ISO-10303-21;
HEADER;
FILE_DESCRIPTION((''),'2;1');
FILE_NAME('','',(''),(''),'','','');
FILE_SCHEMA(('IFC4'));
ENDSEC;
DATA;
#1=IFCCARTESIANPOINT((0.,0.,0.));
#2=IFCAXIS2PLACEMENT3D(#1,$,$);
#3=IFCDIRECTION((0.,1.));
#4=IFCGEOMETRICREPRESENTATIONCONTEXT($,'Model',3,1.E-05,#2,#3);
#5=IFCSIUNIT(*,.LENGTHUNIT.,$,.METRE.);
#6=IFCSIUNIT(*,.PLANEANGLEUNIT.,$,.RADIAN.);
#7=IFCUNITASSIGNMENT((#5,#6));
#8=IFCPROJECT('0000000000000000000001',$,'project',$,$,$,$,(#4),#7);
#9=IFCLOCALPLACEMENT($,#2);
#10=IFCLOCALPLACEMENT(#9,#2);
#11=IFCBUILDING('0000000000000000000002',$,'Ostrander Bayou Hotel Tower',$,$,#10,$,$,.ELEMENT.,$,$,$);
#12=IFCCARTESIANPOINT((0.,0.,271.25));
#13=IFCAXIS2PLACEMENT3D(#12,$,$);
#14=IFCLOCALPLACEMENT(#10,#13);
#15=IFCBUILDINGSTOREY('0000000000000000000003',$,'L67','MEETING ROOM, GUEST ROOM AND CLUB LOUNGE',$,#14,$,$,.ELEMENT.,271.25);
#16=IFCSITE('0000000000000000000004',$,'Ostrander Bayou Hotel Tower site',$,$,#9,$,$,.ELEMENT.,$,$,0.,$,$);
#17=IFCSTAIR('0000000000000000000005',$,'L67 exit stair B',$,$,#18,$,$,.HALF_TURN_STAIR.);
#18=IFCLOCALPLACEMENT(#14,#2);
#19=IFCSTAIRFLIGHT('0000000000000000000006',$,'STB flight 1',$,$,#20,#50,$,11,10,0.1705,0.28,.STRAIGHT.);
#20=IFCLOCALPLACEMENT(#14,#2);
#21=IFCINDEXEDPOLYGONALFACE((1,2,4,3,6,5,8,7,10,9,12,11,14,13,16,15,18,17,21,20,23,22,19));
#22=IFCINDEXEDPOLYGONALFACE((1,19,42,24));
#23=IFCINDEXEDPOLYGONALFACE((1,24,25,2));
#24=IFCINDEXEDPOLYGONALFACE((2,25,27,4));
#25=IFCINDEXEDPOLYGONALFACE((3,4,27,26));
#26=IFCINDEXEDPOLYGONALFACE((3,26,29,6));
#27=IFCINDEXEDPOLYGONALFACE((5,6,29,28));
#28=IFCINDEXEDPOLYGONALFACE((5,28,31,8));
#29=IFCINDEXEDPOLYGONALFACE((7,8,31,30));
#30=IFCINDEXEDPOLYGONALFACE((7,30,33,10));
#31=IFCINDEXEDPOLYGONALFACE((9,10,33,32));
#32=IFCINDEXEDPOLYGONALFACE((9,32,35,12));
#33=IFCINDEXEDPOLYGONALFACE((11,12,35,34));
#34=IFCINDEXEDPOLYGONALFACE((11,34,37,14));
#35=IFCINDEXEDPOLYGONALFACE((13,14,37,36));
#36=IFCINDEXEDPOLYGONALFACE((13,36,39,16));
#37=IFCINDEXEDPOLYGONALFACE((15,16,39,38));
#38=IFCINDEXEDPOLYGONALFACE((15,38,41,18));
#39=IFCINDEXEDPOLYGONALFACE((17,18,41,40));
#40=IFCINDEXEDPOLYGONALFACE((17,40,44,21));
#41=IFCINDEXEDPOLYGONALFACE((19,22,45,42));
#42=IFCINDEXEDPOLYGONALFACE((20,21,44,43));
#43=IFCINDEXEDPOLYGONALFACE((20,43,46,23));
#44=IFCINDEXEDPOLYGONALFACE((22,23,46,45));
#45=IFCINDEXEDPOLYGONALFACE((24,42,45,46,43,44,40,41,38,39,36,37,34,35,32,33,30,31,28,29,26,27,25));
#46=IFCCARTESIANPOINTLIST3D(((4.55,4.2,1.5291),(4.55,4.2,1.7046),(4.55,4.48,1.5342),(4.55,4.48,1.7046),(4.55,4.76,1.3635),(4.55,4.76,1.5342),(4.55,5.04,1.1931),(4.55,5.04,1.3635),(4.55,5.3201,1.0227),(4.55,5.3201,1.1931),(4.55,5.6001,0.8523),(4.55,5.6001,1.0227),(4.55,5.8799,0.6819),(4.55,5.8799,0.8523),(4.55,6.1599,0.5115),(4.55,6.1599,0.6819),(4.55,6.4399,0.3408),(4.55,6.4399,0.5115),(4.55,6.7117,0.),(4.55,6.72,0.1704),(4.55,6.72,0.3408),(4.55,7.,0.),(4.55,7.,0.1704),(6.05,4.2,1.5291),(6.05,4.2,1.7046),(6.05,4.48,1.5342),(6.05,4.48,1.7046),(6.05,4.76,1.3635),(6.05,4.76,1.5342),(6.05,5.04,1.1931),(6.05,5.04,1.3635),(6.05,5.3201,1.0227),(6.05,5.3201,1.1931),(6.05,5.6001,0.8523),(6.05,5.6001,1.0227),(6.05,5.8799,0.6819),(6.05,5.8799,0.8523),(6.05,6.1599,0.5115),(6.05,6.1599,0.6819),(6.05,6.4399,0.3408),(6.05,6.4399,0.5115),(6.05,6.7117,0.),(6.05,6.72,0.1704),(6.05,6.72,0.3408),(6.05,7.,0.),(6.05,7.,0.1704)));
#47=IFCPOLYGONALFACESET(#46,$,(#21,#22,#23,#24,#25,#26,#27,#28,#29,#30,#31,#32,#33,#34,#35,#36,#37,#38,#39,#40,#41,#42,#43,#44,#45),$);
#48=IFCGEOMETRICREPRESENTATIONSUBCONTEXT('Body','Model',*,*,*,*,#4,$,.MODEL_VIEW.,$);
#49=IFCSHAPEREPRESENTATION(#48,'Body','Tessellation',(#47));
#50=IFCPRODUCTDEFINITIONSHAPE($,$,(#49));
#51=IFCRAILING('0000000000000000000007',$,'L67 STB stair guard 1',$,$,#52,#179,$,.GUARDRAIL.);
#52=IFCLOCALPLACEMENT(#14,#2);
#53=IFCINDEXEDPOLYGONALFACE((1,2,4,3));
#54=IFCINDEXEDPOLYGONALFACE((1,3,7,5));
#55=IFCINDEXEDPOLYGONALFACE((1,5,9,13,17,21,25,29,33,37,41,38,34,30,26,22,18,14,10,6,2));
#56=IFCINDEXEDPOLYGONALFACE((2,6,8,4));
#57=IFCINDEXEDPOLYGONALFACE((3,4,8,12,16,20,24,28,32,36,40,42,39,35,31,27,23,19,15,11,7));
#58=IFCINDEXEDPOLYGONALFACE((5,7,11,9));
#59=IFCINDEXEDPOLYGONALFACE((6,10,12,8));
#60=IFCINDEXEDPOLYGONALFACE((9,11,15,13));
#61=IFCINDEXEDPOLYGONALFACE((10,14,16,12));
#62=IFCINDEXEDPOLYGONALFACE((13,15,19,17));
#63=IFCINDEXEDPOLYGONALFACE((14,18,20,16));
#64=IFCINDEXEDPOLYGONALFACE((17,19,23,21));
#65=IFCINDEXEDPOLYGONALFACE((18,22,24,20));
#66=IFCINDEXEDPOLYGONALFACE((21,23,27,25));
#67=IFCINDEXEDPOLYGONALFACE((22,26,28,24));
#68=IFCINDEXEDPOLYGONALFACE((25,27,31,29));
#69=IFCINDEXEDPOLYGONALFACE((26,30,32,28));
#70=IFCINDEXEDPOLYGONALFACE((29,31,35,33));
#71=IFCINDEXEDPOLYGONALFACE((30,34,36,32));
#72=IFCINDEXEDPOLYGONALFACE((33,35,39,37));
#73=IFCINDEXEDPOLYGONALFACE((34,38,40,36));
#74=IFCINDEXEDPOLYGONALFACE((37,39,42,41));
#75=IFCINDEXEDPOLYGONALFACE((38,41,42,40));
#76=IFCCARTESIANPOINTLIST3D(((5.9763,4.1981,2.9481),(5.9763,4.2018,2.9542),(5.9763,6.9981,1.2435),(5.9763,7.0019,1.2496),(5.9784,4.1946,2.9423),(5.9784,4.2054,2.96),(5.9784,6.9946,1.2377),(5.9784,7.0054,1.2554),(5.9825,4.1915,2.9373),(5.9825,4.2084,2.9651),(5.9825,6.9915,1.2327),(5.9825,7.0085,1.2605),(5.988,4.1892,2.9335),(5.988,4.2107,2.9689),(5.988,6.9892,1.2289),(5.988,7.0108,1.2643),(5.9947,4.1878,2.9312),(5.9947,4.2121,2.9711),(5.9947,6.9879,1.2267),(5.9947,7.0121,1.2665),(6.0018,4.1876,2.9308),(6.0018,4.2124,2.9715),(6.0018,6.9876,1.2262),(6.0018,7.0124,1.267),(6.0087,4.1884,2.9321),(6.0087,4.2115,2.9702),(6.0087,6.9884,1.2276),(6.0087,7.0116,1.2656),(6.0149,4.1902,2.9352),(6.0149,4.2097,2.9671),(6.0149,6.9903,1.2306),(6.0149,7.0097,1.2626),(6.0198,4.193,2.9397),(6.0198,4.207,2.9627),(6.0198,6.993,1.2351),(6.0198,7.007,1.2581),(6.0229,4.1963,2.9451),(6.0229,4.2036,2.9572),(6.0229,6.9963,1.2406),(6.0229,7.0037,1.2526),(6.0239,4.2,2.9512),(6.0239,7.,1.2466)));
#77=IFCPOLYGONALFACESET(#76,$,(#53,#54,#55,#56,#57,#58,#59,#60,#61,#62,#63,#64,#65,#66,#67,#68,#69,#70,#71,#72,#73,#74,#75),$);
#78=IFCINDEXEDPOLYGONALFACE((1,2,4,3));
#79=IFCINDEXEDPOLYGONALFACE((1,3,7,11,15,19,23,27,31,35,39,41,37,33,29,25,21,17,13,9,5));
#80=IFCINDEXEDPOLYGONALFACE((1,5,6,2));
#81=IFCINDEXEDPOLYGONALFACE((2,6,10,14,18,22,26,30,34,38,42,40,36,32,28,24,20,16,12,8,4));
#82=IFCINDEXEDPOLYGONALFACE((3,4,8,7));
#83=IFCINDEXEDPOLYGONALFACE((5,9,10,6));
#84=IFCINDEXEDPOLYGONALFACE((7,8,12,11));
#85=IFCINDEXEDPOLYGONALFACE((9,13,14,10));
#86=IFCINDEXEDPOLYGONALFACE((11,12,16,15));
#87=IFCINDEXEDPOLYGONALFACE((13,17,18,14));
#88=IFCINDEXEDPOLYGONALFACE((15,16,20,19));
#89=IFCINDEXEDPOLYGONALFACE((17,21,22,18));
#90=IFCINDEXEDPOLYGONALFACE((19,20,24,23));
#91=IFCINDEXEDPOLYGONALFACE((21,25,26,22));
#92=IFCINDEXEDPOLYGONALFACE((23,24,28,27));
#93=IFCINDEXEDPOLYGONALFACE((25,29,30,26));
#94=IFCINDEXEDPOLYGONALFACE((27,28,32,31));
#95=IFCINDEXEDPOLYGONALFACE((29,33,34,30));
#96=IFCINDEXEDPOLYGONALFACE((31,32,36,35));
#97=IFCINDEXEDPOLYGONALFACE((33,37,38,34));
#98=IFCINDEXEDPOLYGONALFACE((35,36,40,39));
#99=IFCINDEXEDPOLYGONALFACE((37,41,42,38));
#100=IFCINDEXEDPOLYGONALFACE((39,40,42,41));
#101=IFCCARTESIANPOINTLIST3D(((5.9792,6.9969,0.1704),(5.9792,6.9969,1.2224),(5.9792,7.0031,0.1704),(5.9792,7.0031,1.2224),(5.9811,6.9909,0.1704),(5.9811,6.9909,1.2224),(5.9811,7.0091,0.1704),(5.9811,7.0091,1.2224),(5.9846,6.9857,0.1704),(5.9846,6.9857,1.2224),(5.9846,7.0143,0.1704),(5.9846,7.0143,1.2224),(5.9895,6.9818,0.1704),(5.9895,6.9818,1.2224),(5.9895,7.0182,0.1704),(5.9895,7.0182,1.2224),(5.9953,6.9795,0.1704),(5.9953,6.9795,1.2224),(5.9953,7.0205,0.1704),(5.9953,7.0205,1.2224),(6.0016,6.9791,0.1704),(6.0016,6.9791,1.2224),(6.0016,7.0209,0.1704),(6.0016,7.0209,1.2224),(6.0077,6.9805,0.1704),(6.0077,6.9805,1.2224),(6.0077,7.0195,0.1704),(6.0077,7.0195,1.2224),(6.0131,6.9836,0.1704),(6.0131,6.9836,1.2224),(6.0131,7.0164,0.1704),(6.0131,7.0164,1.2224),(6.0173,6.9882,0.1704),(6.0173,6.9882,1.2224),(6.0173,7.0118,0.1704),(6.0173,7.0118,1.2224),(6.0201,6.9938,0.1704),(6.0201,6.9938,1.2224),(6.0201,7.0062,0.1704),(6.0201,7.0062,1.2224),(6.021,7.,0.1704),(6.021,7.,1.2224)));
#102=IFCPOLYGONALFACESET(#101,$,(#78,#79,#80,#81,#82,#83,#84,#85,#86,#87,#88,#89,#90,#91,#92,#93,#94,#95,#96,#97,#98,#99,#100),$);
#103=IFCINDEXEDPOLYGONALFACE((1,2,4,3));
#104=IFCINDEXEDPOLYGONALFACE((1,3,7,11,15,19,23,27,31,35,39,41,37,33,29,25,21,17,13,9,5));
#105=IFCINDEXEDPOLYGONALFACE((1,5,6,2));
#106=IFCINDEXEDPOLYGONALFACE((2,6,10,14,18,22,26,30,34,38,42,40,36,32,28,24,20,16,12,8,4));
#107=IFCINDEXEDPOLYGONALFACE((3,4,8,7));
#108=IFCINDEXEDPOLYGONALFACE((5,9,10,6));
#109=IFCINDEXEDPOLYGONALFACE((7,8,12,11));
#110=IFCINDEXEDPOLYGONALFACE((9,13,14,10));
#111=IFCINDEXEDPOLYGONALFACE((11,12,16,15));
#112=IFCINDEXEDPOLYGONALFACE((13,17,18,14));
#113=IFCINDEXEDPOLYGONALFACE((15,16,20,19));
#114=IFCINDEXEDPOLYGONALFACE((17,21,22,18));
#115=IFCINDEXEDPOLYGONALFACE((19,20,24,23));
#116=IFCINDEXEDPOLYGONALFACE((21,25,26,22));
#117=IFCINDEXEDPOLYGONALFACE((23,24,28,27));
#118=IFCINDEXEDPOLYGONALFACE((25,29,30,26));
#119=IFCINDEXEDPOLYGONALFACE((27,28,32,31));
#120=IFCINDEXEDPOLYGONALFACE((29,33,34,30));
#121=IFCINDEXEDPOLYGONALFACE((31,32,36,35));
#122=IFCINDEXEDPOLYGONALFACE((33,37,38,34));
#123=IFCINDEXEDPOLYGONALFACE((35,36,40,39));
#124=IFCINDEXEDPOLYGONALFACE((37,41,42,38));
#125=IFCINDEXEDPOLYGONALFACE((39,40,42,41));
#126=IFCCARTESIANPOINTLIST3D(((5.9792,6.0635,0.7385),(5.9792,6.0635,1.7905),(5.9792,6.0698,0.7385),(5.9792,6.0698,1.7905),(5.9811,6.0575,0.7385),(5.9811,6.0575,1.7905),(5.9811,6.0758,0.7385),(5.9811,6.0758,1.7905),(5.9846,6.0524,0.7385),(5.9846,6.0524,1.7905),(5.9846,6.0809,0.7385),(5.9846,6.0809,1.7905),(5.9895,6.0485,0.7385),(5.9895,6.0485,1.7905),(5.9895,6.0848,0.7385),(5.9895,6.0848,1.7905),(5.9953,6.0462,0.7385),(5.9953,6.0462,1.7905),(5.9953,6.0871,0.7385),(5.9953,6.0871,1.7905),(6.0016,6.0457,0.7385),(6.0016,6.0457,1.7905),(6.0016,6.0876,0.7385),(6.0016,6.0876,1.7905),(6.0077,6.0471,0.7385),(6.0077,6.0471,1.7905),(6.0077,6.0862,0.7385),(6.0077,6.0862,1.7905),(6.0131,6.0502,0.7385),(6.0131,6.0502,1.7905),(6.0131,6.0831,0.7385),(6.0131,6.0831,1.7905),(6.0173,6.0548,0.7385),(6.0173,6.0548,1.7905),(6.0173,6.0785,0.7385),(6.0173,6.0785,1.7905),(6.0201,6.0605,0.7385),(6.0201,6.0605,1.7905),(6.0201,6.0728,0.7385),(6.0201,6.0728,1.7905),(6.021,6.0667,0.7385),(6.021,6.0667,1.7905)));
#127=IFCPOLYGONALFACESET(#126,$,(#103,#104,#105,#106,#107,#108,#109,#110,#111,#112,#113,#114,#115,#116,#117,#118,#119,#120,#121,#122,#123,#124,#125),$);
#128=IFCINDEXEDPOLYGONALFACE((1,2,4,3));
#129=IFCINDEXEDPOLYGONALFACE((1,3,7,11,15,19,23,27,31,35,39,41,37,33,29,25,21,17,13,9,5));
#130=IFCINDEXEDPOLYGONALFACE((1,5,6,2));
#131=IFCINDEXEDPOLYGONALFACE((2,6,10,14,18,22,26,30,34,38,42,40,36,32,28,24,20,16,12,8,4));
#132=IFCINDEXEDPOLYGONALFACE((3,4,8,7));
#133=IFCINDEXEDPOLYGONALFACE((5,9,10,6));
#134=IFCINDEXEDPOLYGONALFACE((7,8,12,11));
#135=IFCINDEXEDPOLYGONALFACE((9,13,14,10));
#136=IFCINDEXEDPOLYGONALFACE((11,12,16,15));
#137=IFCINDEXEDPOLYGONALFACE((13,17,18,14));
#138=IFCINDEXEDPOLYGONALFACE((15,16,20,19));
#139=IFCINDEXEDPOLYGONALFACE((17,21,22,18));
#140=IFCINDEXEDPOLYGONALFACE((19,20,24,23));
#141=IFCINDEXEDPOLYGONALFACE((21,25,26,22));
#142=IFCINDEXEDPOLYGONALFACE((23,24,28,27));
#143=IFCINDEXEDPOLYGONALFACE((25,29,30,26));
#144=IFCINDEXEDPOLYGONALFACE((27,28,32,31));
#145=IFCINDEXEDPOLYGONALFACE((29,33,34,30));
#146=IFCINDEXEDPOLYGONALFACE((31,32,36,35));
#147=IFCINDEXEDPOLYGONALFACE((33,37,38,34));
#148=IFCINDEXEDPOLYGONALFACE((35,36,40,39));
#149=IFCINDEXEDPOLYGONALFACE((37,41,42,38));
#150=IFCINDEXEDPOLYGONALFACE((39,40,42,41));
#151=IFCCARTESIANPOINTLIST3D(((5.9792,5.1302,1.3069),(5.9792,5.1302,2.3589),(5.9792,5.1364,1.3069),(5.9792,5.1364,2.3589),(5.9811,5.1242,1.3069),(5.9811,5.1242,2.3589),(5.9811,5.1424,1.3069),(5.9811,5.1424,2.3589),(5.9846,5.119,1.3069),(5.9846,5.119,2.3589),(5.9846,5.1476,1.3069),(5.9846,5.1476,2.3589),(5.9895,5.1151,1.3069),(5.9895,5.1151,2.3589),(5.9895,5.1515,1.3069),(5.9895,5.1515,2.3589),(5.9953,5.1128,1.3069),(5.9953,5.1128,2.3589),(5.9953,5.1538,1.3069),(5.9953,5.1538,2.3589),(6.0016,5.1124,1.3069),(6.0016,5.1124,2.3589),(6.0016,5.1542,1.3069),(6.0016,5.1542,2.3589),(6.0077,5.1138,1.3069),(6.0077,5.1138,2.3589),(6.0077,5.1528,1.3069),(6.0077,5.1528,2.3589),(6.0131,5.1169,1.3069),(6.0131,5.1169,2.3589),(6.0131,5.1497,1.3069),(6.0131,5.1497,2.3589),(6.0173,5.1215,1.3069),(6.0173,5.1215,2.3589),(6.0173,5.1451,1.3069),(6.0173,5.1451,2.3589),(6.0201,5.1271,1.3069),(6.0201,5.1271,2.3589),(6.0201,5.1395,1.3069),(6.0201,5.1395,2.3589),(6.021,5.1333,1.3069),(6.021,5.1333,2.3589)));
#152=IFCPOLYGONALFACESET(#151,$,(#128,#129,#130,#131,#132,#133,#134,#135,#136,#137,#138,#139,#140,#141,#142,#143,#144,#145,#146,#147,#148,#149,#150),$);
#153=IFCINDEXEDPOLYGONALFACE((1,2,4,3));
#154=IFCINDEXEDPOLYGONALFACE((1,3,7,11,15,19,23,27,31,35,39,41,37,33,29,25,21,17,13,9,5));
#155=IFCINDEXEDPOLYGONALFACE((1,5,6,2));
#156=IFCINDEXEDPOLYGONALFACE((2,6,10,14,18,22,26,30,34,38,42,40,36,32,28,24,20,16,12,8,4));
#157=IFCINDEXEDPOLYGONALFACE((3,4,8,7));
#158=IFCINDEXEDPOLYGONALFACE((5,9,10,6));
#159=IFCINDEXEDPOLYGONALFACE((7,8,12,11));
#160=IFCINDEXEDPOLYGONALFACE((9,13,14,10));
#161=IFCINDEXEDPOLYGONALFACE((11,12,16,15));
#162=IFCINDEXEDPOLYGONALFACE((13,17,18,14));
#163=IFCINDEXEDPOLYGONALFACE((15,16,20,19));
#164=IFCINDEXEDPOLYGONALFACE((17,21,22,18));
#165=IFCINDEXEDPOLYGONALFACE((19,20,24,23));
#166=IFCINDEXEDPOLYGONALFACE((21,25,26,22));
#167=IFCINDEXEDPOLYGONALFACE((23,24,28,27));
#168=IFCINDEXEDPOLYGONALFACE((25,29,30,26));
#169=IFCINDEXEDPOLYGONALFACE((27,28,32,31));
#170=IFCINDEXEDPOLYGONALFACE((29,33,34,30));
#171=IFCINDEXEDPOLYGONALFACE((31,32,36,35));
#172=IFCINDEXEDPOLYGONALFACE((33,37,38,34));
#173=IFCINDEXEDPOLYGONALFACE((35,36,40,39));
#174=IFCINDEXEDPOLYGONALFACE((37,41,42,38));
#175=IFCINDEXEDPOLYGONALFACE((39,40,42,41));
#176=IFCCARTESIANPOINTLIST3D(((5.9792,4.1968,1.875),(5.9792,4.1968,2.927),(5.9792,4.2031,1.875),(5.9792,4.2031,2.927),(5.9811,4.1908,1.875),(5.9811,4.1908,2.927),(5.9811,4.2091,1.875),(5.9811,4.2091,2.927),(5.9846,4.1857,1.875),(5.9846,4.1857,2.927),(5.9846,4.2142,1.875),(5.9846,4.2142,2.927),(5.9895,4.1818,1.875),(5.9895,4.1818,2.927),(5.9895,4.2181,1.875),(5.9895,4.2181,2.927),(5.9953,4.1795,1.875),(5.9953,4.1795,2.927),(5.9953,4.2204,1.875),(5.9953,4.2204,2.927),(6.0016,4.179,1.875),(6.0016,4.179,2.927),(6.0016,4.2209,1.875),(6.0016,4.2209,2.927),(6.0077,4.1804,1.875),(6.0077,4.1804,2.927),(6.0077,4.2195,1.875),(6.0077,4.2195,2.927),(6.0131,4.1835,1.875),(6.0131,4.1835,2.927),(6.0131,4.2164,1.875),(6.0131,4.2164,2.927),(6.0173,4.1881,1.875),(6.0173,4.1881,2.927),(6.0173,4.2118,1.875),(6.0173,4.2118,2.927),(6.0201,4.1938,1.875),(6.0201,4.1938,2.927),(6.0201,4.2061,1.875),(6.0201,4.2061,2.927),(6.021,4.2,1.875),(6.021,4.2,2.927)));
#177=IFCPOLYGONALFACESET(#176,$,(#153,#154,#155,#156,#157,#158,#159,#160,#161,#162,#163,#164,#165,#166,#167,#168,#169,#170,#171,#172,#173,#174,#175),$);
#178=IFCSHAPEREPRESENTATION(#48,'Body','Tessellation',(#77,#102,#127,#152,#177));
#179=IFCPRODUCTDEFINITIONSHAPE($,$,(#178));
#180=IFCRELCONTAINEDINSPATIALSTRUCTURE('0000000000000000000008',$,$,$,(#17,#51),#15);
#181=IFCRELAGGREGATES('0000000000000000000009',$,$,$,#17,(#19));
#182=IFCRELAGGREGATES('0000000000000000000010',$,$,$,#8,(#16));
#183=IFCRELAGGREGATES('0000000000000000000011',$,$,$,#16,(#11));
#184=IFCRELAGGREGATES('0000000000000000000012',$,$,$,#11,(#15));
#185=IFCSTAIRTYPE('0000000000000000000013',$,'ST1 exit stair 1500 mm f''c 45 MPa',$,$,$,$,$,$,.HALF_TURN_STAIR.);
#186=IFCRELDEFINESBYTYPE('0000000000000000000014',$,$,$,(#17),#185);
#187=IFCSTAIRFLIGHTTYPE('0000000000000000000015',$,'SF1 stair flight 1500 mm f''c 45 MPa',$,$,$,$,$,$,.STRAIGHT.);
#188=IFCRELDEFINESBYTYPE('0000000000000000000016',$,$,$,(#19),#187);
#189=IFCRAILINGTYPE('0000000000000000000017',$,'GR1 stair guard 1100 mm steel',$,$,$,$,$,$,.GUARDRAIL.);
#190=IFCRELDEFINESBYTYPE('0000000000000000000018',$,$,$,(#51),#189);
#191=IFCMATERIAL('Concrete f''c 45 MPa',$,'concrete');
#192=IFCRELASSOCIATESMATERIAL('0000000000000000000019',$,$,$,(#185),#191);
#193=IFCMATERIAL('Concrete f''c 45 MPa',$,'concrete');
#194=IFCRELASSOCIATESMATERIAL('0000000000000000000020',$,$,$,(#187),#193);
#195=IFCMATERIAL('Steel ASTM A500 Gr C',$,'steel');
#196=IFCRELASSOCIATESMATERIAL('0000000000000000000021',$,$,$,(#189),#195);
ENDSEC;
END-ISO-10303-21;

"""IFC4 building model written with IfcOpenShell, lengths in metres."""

from ifc_helpers import new_model, si_unit, direction, frame, origin, origin_2d, place, context, subcontext, project, spatial, polyline, circle, outline, extrude, material, type_object, element, aggregate, save


model = new_model("IFC4")

# Units and contexts
model_context = context("Model", 3, precision=1e-05, world=origin(), true_north=direction((0.0, 1.0)))
body_context = subcontext(model_context, "Body", "Model", "MODEL_VIEW")
ifc_project = project(units=[si_unit("LENGTHUNIT", "METRE"), si_unit("PLANEANGLEUNIT", "RADIAN")], contexts=[model_context])

# Site, building, storey
site_placement = place(None, origin())
site = spatial("IfcSite", under=ifc_project, at=site_placement, Name="Ostrander Bayou Hotel Tower site", CompositionType="ELEMENT", RefElevation=0.0)
building_placement = place(site_placement, origin())
building = spatial("IfcBuilding", under=site, at=building_placement, Name="Ostrander Bayou Hotel Tower", CompositionType="ELEMENT")
storey_placement = place(building_placement, frame((0.0, 0.0, 271.25)))
storey = spatial("IfcBuildingStorey", under=building, at=storey_placement, Name="L67", Description="MEETING ROOM, GUEST ROOM AND CLUB LOUNGE", CompositionType="ELEMENT", Elevation=271.25)

# Stair, stair flight
ifc_material_1 = material(Name="Concrete f'c 45 MPa", Category="concrete")
stair_type = type_object("IfcStairType", Name="ST1 exit stair 1500 mm f'c 45 MPa", PredefinedType="HALF_TURN_STAIR", material=ifc_material_1)
stair_placement = place(storey_placement, origin())
stair = element("IfcStair", 1, at=stair_placement, inside=storey, type_object=stair_type, Name="L67 exit stair B", PredefinedType="HALF_TURN_STAIR")
ifc_material_2 = material(Name="Concrete f'c 45 MPa", Category="concrete")
stair_flight_type = type_object("IfcStairFlightType", Name="SF1 stair flight 1500 mm f'c 45 MPa", PredefinedType="STRAIGHT", material=ifc_material_2)
stair_flight_placement = place(storey_placement, frame((5.3, 7.0, 0.0), z_axis=(0.0, 0.0, 1.0), x_axis=(0.0, -1.0, 0.0)))
stair_flight = element("IfcStairFlight", 2, at=stair_flight_placement, type_object=stair_flight_type, Name="STB flight 1", NumberOfRisers=11, NumberOfTreads=10, PredefinedType="STRAIGHT", RiserHeight=0.1705, TreadLength=0.28, context=body_context, shape_type="SweptSolid", body=[
    extrude(outline(polyline([(0.0, 0.0), (0.0, 0.1704), (0.28, 0.1704), (0.28, 0.3408), (0.5601, 0.3408), (0.5601, 0.5115), (0.8401, 0.5115), (0.8401, 0.6819), (1.1201, 0.6819), (1.1201, 0.8523), (1.3999, 0.8523), (1.3999, 1.0227), (1.6799, 1.0227), (1.6799, 1.1931), (1.96, 1.1931), (1.96, 1.3635), (2.24, 1.3635), (2.24, 1.5342), (2.52, 1.5342), (2.52, 1.7046), (2.8, 1.7046), (2.8, 1.875), (2.8, 1.5291), (0.2883, 0.0), (0.0, 0.0)])), frame((0.0, 0.75, 0.0), z_axis=(0.0, -1.0, 0.0), x_axis=(1.0, 0.0, 0.0)), (0.0, 0.0, 1.0), 1.5),
])
aggregate(stair, [stair_flight])

# Railing
ifc_material_3 = material(Name="Steel ASTM A500 Gr C", Category="steel")
railing_type_1 = type_object("IfcRailingType", Name="GR1 stair guard 1100 mm steel", PredefinedType="GUARDRAIL", material=ifc_material_3)
railing_1_placement = place(storey_placement, frame((6.0, 7.0, 0.1704)))
element("IfcRailing", 3, at=railing_1_placement, inside=storey, type_object=railing_type_1, Name="L67 STB stair guard 1", PredefinedType="GUARDRAIL", context=body_context, shape_type="SweptSolid", body=[
    extrude(circle(Radius=0.0239, at=origin_2d()), frame((0.0, 0.0, 1.0762), z_axis=(0.0, -0.85417, 0.519994), x_axis=(1.0, 0.0, 0.0)), (0.0, 0.0, 1.0), 3.2781),
    extrude(circle(Radius=0.021, at=origin_2d()), origin(), (0.0, 0.0, 1.0), 1.052),
    extrude(circle(Radius=0.021, at=origin_2d()), frame((0.0, -0.9333, 0.5681)), (0.0, 0.0, 1.0), 1.052),
    extrude(circle(Radius=0.021, at=origin_2d()), frame((0.0, -1.8667, 1.1365)), (0.0, 0.0, 1.0), 1.052),
    extrude(circle(Radius=0.021, at=origin_2d()), frame((0.0, -2.8, 1.7046)), (0.0, 0.0, 1.0), 1.052),
])

save(model, "model.ifc")
